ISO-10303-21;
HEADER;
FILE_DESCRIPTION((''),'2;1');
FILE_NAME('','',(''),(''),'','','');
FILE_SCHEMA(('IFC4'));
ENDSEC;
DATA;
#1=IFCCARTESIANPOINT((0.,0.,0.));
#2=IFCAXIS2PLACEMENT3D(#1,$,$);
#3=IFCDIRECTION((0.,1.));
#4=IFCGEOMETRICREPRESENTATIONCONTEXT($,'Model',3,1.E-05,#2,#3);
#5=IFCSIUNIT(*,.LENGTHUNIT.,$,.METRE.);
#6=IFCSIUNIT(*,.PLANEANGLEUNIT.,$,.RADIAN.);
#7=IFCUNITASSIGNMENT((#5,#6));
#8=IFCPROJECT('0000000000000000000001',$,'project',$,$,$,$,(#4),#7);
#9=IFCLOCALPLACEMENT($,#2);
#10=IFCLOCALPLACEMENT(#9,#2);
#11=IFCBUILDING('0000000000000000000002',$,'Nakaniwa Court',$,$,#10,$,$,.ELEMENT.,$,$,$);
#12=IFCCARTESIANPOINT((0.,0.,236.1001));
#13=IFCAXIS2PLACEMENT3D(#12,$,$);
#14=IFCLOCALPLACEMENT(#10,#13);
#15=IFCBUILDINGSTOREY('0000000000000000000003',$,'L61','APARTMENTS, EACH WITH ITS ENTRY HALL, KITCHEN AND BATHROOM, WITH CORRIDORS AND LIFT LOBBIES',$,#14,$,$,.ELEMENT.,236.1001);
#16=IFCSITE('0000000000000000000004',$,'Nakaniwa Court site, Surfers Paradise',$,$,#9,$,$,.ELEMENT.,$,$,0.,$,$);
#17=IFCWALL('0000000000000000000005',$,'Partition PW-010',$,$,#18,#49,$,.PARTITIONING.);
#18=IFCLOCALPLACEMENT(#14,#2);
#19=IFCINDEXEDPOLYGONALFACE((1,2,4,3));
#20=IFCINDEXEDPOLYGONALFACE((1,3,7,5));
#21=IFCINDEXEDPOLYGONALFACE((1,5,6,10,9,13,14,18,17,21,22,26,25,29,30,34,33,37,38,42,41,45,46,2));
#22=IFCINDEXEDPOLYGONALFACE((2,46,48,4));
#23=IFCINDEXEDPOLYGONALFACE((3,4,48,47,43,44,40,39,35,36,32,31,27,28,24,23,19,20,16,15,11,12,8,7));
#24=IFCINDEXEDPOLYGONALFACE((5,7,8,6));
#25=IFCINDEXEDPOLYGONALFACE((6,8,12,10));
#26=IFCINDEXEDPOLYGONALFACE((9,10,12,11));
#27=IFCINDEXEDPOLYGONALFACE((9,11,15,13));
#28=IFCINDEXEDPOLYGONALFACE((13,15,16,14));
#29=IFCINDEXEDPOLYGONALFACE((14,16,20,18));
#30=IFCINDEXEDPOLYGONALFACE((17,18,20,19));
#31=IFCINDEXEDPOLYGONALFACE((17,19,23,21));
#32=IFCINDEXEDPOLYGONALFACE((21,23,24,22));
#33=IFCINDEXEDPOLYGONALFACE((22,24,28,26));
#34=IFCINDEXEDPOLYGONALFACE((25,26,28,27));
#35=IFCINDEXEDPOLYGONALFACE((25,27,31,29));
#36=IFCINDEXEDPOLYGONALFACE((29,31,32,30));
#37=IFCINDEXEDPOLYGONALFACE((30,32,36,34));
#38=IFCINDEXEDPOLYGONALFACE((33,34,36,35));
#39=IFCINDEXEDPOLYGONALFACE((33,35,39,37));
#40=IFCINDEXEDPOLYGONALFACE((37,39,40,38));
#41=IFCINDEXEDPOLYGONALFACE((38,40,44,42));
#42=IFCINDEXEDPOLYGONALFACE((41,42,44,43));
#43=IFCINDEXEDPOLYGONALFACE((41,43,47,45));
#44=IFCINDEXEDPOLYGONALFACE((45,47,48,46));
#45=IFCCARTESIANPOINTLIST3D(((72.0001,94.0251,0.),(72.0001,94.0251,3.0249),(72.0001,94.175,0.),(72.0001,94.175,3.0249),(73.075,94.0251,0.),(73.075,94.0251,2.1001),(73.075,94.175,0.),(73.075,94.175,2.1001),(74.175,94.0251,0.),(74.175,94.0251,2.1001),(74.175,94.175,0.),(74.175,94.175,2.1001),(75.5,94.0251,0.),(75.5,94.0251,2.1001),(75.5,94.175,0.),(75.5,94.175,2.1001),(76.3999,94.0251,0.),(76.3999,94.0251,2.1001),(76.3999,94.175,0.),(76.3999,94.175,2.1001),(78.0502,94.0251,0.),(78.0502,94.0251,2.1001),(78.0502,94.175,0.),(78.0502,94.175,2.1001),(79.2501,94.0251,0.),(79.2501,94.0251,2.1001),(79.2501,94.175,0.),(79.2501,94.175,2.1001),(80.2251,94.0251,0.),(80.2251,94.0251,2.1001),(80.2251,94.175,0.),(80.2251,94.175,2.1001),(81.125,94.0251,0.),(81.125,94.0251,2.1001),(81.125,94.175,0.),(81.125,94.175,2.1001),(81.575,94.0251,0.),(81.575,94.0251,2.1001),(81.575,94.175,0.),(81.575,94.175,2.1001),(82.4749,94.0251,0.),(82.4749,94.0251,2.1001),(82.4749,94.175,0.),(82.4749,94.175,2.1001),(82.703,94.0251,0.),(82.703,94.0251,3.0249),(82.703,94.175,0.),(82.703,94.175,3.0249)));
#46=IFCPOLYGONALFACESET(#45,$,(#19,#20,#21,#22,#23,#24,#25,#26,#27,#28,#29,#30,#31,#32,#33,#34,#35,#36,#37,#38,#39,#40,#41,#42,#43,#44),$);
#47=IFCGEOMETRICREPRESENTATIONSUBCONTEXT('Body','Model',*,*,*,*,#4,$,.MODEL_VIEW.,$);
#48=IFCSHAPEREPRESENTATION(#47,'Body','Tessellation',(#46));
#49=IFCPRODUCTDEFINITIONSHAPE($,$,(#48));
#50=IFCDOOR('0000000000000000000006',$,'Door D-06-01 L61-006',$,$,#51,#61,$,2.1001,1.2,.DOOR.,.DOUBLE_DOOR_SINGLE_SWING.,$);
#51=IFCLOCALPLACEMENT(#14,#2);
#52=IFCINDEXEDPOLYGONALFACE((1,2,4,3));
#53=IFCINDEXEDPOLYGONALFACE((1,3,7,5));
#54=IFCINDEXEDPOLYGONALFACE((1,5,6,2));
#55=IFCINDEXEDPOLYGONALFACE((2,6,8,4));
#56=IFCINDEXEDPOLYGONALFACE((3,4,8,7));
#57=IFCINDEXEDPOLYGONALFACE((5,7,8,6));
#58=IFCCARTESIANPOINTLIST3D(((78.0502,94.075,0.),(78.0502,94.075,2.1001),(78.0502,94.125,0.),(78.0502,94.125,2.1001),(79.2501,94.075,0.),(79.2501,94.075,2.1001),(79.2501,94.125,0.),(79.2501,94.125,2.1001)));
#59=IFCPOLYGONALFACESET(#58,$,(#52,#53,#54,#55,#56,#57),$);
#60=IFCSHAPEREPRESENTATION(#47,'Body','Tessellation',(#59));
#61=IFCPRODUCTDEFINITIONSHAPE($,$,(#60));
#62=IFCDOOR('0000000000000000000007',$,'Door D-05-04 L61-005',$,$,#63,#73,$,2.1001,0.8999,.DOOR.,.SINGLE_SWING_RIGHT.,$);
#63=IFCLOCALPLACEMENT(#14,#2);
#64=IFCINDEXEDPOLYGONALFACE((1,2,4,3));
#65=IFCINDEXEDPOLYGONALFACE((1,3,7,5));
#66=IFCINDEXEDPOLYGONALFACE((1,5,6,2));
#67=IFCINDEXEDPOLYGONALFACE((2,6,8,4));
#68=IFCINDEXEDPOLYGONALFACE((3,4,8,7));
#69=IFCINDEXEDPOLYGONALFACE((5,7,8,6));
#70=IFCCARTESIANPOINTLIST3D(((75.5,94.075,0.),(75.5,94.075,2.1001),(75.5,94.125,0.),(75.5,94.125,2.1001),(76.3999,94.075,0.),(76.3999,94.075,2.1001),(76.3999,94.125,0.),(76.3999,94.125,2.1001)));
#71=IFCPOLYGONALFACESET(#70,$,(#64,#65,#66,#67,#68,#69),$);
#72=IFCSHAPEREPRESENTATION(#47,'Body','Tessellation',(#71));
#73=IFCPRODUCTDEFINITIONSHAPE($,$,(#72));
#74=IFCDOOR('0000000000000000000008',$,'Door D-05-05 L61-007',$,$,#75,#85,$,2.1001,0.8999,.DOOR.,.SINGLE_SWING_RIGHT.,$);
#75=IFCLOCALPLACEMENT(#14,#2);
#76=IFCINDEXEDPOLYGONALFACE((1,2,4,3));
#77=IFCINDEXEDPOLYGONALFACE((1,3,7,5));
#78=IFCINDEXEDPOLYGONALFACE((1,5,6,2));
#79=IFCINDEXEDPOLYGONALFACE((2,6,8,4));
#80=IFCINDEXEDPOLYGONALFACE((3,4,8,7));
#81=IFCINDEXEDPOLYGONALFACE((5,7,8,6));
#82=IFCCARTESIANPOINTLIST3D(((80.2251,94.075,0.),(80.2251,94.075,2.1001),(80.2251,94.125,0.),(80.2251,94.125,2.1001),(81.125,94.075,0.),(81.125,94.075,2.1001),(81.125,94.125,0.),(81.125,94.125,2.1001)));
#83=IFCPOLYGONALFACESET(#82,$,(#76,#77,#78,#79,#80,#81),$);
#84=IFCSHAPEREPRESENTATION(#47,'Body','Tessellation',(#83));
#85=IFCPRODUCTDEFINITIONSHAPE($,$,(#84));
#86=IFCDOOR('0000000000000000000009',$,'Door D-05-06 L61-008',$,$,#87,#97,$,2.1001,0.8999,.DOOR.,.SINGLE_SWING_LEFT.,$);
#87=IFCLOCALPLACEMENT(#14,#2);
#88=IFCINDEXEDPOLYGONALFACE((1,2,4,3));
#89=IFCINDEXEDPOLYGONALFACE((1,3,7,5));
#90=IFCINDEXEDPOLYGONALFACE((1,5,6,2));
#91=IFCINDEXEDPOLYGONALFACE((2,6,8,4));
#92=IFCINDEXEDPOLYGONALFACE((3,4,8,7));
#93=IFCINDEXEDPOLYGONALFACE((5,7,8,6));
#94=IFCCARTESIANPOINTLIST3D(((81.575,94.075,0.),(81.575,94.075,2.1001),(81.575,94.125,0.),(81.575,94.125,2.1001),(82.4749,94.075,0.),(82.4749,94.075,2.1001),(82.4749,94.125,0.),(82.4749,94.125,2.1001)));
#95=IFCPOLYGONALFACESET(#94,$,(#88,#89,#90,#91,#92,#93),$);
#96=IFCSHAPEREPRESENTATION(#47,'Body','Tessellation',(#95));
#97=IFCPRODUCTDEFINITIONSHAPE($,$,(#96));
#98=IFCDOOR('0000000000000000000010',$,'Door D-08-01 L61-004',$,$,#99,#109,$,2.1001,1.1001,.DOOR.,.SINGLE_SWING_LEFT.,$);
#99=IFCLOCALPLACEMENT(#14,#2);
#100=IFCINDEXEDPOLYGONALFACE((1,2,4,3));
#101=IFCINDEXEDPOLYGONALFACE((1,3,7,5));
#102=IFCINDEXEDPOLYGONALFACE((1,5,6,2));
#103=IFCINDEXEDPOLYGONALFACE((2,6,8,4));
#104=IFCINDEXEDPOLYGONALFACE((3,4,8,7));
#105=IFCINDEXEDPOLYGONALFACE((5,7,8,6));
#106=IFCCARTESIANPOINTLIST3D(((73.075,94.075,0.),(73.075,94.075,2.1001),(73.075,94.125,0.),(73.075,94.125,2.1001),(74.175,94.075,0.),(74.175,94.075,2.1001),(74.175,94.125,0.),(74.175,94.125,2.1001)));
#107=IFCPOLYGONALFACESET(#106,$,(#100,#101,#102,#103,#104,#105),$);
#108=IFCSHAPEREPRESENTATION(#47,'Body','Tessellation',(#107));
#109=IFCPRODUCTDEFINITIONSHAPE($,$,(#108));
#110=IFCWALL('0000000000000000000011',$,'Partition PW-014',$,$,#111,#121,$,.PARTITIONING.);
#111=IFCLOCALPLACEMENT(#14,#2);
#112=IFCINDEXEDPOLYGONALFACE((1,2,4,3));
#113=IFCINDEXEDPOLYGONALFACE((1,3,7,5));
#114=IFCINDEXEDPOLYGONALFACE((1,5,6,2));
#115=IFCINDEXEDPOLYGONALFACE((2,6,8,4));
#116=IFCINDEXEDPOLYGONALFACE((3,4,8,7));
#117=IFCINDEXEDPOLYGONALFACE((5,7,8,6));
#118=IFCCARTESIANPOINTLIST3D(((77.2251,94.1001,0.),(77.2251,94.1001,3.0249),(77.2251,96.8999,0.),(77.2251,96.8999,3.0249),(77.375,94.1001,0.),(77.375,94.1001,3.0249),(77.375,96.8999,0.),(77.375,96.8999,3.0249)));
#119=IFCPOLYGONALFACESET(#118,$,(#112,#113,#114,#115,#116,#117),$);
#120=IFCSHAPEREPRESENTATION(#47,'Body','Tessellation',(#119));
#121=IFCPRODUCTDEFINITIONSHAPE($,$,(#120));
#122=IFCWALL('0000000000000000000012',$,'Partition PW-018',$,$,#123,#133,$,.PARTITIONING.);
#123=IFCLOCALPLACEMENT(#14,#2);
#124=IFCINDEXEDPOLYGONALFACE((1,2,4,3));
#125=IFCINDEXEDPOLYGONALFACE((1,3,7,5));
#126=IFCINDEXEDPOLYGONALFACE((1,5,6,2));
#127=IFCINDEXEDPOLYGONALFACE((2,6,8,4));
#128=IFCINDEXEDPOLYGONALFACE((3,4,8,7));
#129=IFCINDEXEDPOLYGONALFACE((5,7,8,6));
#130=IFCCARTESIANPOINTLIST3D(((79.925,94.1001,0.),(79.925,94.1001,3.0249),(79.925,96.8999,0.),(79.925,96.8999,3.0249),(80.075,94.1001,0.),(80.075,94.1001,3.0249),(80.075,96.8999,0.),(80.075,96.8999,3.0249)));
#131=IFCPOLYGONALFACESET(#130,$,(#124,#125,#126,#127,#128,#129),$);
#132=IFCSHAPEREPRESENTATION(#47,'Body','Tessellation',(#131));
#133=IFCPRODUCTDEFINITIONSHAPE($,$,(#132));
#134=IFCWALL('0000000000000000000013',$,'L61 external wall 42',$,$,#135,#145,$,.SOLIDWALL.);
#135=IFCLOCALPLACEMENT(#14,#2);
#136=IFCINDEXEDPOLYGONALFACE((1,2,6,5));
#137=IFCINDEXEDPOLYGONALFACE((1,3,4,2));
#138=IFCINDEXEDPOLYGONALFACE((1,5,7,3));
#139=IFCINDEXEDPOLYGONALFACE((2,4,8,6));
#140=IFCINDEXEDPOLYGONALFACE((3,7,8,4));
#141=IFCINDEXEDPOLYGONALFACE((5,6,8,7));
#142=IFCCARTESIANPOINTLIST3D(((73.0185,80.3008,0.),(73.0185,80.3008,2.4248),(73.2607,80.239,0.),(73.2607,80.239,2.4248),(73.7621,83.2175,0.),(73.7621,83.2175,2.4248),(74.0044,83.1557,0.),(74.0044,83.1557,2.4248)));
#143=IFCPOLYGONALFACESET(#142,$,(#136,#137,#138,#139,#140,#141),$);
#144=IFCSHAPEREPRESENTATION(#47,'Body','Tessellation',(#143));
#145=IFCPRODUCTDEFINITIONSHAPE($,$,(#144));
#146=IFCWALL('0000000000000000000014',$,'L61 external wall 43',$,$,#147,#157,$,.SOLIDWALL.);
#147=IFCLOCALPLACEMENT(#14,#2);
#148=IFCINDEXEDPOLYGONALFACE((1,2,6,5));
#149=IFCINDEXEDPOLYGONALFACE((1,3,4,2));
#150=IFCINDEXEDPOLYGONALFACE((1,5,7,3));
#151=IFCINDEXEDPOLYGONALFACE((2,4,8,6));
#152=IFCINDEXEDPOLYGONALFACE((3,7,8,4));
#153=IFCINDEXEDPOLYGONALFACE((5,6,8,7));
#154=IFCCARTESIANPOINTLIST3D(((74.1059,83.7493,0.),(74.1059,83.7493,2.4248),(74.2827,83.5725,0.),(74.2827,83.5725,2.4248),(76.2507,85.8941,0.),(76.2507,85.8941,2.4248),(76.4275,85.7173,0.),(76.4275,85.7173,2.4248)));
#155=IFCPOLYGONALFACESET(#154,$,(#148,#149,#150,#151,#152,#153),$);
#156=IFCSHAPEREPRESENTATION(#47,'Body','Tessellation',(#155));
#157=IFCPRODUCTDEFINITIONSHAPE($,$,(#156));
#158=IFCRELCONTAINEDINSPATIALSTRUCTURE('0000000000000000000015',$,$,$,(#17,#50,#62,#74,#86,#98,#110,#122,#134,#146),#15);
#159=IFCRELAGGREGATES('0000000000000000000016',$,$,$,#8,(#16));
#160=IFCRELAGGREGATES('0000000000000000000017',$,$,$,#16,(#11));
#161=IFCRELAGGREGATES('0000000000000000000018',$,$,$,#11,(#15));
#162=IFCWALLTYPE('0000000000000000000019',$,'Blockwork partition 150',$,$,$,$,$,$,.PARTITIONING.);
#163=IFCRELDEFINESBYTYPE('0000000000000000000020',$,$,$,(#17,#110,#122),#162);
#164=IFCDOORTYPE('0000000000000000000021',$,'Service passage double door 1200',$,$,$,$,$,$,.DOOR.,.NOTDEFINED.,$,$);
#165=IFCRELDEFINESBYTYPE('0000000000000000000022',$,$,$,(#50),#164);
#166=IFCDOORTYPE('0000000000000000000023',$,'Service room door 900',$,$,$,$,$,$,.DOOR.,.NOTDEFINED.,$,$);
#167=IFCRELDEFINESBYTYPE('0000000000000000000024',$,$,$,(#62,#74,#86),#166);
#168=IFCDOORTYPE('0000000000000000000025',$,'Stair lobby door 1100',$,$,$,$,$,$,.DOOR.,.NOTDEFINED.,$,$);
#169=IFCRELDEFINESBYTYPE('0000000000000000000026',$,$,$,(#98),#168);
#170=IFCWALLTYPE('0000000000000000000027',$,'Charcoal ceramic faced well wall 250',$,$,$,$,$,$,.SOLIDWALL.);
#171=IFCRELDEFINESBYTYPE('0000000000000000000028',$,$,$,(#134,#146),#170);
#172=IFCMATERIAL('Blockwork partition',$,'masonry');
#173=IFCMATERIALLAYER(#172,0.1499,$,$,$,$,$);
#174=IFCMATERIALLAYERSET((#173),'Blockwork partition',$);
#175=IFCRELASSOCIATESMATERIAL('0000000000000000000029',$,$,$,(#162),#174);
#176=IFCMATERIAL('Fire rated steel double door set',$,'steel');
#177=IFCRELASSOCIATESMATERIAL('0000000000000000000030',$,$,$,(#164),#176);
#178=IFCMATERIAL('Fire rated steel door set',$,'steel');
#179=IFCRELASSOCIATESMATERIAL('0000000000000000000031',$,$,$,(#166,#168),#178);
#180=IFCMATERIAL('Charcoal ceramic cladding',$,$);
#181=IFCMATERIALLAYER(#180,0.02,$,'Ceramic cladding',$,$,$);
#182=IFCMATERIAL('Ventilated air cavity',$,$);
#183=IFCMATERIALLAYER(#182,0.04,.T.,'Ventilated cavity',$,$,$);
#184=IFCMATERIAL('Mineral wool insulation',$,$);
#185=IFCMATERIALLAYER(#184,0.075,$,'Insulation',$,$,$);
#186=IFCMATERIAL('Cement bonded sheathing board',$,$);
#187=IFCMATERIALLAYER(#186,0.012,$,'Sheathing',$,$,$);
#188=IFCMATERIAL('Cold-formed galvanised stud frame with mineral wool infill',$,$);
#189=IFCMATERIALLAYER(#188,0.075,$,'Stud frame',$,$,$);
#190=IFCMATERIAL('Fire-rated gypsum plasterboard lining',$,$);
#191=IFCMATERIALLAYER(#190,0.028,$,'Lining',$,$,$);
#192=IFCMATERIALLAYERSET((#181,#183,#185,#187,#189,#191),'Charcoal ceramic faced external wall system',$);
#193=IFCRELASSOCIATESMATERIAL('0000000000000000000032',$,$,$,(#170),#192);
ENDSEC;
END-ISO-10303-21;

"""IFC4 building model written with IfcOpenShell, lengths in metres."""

from ifc_helpers import new_model, si_unit, direction, frame, frame_2d, origin, place, context, subcontext, project, spatial, rectangle, extrude, material, layer, layer_set, type_object, element, fill, save


model = new_model("IFC4")

# Units and contexts
model_context = context("Model", 3, precision=1e-05, world=origin(), true_north=direction((0.0, 1.0)))
body_context = subcontext(model_context, "Body", "Model", "MODEL_VIEW")
ifc_project = project(units=[si_unit("LENGTHUNIT", "METRE"), si_unit("PLANEANGLEUNIT", "RADIAN")], contexts=[model_context])

# Site, building, storey
site_placement = place(None, origin())
site = spatial("IfcSite", under=ifc_project, at=site_placement, Name="Nakaniwa Court site, Surfers Paradise", CompositionType="ELEMENT", RefElevation=0.0)
building_placement = place(site_placement, origin())
building = spatial("IfcBuilding", under=site, at=building_placement, Name="Nakaniwa Court", CompositionType="ELEMENT")
storey_placement = place(building_placement, frame((0.0, 0.0, 236.1001)))
storey = spatial("IfcBuildingStorey", under=building, at=storey_placement, Name="L61", Description="APARTMENTS, EACH WITH ITS ENTRY HALL, KITCHEN AND BATHROOM, WITH CORRIDORS AND LIFT LOBBIES", CompositionType="ELEMENT", Elevation=236.1001)

# Shared definitions
ifc_material_1 = material(Name="Blockwork partition", Category="masonry")
ifc_layer_1 = layer(ifc_material_1, 0.1499)
ifc_layer_set_1 = layer_set([ifc_layer_1], Name="Blockwork partition")
wall_type_1 = type_object("IfcWallType", Name="Blockwork partition 150", PredefinedType="PARTITIONING", material=ifc_layer_set_1)

# Wall, openings, doors
wall_1_placement = place(storey_placement, frame((72.0, 94.1001, 0.0), z_axis=(0.0, 0.0, 1.0), x_axis=(1.0, 0.0, 0.0)))
wall_1 = element("IfcWall", 1, at=wall_1_placement, inside=storey, type_object=wall_type_1, Name="Partition PW-010", PredefinedType="PARTITIONING", context=body_context, shape_type="SweptSolid", body=[
    extrude(rectangle(XDim=10.7029, YDim=0.1499, at=frame_2d((5.3516, 0.0))), origin(), (0.0, 0.0, 1.0), 3.0249),
])
opening_1_placement = place(wall_1_placement, frame((1.075, 0.0, 0.0)))
opening_1 = element("IfcOpeningElement", 2, at=opening_1_placement, cuts=wall_1, PredefinedType="OPENING", context=body_context, shape_type="SweptSolid", body=[
    extrude(rectangle(XDim=1.1001, YDim=2.1001, at=frame_2d((0.55, 1.05))), frame((0.0, 0.085, 0.0), z_axis=(0.0, -1.0, 0.0), x_axis=(1.0, 0.0, 0.0)), (0.0, 0.0, 1.0), 0.1699),
])
opening_2_placement = place(wall_1_placement, frame((3.5, 0.0, 0.0)))
opening_2 = element("IfcOpeningElement", 3, at=opening_2_placement, cuts=wall_1, PredefinedType="OPENING", context=body_context, shape_type="SweptSolid", body=[
    extrude(rectangle(XDim=0.8999, YDim=2.1001, at=frame_2d((0.45, 1.05))), frame((0.0, 0.085, 0.0), z_axis=(0.0, -1.0, 0.0), x_axis=(1.0, 0.0, 0.0)), (0.0, 0.0, 1.0), 0.1699),
])
opening_3_placement = place(wall_1_placement, frame((6.05, 0.0, 0.0)))
opening_3 = element("IfcOpeningElement", 4, at=opening_3_placement, cuts=wall_1, PredefinedType="OPENING", context=body_context, shape_type="SweptSolid", body=[
    extrude(rectangle(XDim=1.2, YDim=2.1001, at=frame_2d((0.6001, 1.05))), frame((0.0, 0.085, 0.0), z_axis=(0.0, -1.0, 0.0), x_axis=(1.0, 0.0, 0.0)), (0.0, 0.0, 1.0), 0.1699),
])
opening_4_placement = place(wall_1_placement, frame((8.2251, 0.0, 0.0)))
opening_4 = element("IfcOpeningElement", 5, at=opening_4_placement, cuts=wall_1, PredefinedType="OPENING", context=body_context, shape_type="SweptSolid", body=[
    extrude(rectangle(XDim=0.8999, YDim=2.1001, at=frame_2d((0.45, 1.05))), frame((0.0, 0.085, 0.0), z_axis=(0.0, -1.0, 0.0), x_axis=(1.0, 0.0, 0.0)), (0.0, 0.0, 1.0), 0.1699),
])
opening_5_placement = place(wall_1_placement, frame((9.575, 0.0, 0.0)))
opening_5 = element("IfcOpeningElement", 6, at=opening_5_placement, cuts=wall_1, PredefinedType="OPENING", context=body_context, shape_type="SweptSolid", body=[
    extrude(rectangle(XDim=0.8999, YDim=2.1001, at=frame_2d((0.45, 1.05))), frame((0.0, 0.085, 0.0), z_axis=(0.0, -1.0, 0.0), x_axis=(1.0, 0.0, 0.0)), (0.0, 0.0, 1.0), 0.1699),
])
ifc_material_2 = material(Name="Fire rated steel double door set", Category="steel")
door_type_1 = type_object("IfcDoorType", Name="Service passage double door 1200", OperationType="NOTDEFINED", PredefinedType="DOOR", material=ifc_material_2)
door_1_placement = place(opening_3_placement, origin())
door_1 = element("IfcDoor", 7, at=door_1_placement, inside=storey, type_object=door_type_1, Name="Door D-06-01 L61-006", OperationType="DOUBLE_DOOR_SINGLE_SWING", OverallHeight=2.1001, OverallWidth=1.2, PredefinedType="DOOR", context=body_context, shape_type="SweptSolid", body=[
    extrude(rectangle(XDim=1.2, YDim=2.1001, at=frame_2d((0.6001, 1.05))), frame((0.0, 0.0249, 0.0), z_axis=(0.0, -1.0, 0.0), x_axis=(1.0, 0.0, 0.0)), (0.0, 0.0, 1.0), 0.05),
])
fill(opening_3, door_1)
ifc_material_3 = material(Name="Fire rated steel door set", Category="steel")
door_type_2 = type_object("IfcDoorType", Name="Service room door 900", OperationType="NOTDEFINED", PredefinedType="DOOR", material=ifc_material_3)
door_2_placement = place(opening_2_placement, origin())
door_2 = element("IfcDoor", 8, at=door_2_placement, inside=storey, type_object=door_type_2, Name="Door D-05-04 L61-005", OperationType="SINGLE_SWING_RIGHT", OverallHeight=2.1001, OverallWidth=0.8999, PredefinedType="DOOR", context=body_context, shape_type="SweptSolid", body=[
    extrude(rectangle(XDim=0.8999, YDim=2.1001, at=frame_2d((0.45, 1.05))), frame((0.0, 0.0249, 0.0), z_axis=(0.0, -1.0, 0.0), x_axis=(1.0, 0.0, 0.0)), (0.0, 0.0, 1.0), 0.05),
])
fill(opening_2, door_2)
door_3_placement = place(opening_4_placement, origin())
door_3 = element("IfcDoor", 9, at=door_3_placement, inside=storey, type_object=door_type_2, Name="Door D-05-05 L61-007", OperationType="SINGLE_SWING_RIGHT", OverallHeight=2.1001, OverallWidth=0.8999, PredefinedType="DOOR", context=body_context, shape_type="SweptSolid", body=[
    extrude(rectangle(XDim=0.8999, YDim=2.1001, at=frame_2d((0.45, 1.05))), frame((0.0, 0.0249, 0.0), z_axis=(0.0, -1.0, 0.0), x_axis=(1.0, 0.0, 0.0)), (0.0, 0.0, 1.0), 0.05),
])
fill(opening_4, door_3)
door_4_placement = place(opening_5_placement, origin())
door_4 = element("IfcDoor", 10, at=door_4_placement, inside=storey, type_object=door_type_2, Name="Door D-05-06 L61-008", OperationType="SINGLE_SWING_LEFT", OverallHeight=2.1001, OverallWidth=0.8999, PredefinedType="DOOR", context=body_context, shape_type="SweptSolid", body=[
    extrude(rectangle(XDim=0.8999, YDim=2.1001, at=frame_2d((0.45, 1.05))), frame((0.0, 0.0249, 0.0), z_axis=(0.0, -1.0, 0.0), x_axis=(1.0, 0.0, 0.0)), (0.0, 0.0, 1.0), 0.05),
])
fill(opening_5, door_4)
door_type_3 = type_object("IfcDoorType", Name="Stair lobby door 1100", OperationType="NOTDEFINED", PredefinedType="DOOR", material=ifc_material_3)
door_5_placement = place(opening_1_placement, origin())
door_5 = element("IfcDoor", 11, at=door_5_placement, inside=storey, type_object=door_type_3, Name="Door D-08-01 L61-004", OperationType="SINGLE_SWING_LEFT", OverallHeight=2.1001, OverallWidth=1.1001, PredefinedType="DOOR", context=body_context, shape_type="SweptSolid", body=[
    extrude(rectangle(XDim=1.1001, YDim=2.1001, at=frame_2d((0.55, 1.05))), frame((0.0, 0.0249, 0.0), z_axis=(0.0, -1.0, 0.0), x_axis=(1.0, 0.0, 0.0)), (0.0, 0.0, 1.0), 0.05),
])
fill(opening_1, door_5)

# Walls
for number, where, z_axis, x_axis, name in (
    (12, (77.3, 94.1001, 0.0), (0.0, 0.0, 1.0), (0.0, 1.0, 0.0), "Partition PW-014"),
    (13, (80.0, 94.1001, 0.0), (0.0, 0.0, 1.0), (0.0, 1.0, 0.0), "Partition PW-018"),
):
    element("IfcWall", number, at=place(storey_placement, frame(where, z_axis=z_axis, x_axis=x_axis)), inside=storey, type_object=wall_type_1, Name=name, PredefinedType="PARTITIONING", context=body_context, shape_type="SweptSolid", body=[
        extrude(rectangle(XDim=2.7998, YDim=0.1499, at=frame_2d((1.3999, 0.0))), origin(), (0.0, 0.0, 1.0), 3.0249),
    ])
ifc_material_4 = material(Name="Charcoal ceramic cladding")
ifc_layer_2 = layer(ifc_material_4, 0.02, Name="Ceramic cladding")
ifc_material_5 = material(Name="Ventilated air cavity")
ifc_layer_3 = layer(ifc_material_5, 0.04, ventilated=True, Name="Ventilated cavity")
ifc_material_6 = material(Name="Mineral wool insulation")
ifc_layer_4 = layer(ifc_material_6, 0.075, Name="Insulation")
ifc_material_7 = material(Name="Cement bonded sheathing board")
ifc_layer_5 = layer(ifc_material_7, 0.012, Name="Sheathing")
ifc_material_8 = material(Name="Cold-formed galvanised stud frame with mineral wool infill")
ifc_layer_6 = layer(ifc_material_8, 0.075, Name="Stud frame")
ifc_material_9 = material(Name="Fire-rated gypsum plasterboard lining")
ifc_layer_7 = layer(ifc_material_9, 0.028, Name="Lining")
ifc_layer_set_2 = layer_set([ifc_layer_2, ifc_layer_3, ifc_layer_4, ifc_layer_5, ifc_layer_6, ifc_layer_7], Name="Charcoal ceramic faced external wall system")
wall_type_2 = type_object("IfcWallType", Name="Charcoal ceramic faced well wall 250", PredefinedType="SOLIDWALL", material=ifc_layer_set_2)
wall_2_placement = place(storey_placement, frame((73.1396, 80.27, 0.0), z_axis=(0.0, 0.0, 1.0), x_axis=(0.247056, 0.969001, 0.0)))
element("IfcWall", 14, at=wall_2_placement, inside=storey, type_object=wall_type_2, Name="L61 external wall 42", PredefinedType="SOLIDWALL", context=body_context, shape_type="SweptSolid", body=[
    extrude(rectangle(XDim=3.01, YDim=0.25, at=frame_2d((1.5049, 0.0))), origin(), (0.0, 0.0, 1.0), 2.4248),
])
wall_3_placement = place(storey_placement, frame((74.1943, 83.6609, 0.0), z_axis=(0.0, 0.0, 1.0), x_axis=(0.707107, 0.707107, 0.0)))
element("IfcWall", 15, at=wall_3_placement, inside=storey, type_object=wall_type_2, Name="L61 external wall 43", PredefinedType="SOLIDWALL", context=body_context, shape_type="SweptSolid", body=[
    extrude(rectangle(XDim=3.0332, YDim=0.25, at=frame_2d((1.5166, 0.0))), origin(), (0.0, 0.0, 1.0), 2.4248),
])

save(model, "model.ifc")
